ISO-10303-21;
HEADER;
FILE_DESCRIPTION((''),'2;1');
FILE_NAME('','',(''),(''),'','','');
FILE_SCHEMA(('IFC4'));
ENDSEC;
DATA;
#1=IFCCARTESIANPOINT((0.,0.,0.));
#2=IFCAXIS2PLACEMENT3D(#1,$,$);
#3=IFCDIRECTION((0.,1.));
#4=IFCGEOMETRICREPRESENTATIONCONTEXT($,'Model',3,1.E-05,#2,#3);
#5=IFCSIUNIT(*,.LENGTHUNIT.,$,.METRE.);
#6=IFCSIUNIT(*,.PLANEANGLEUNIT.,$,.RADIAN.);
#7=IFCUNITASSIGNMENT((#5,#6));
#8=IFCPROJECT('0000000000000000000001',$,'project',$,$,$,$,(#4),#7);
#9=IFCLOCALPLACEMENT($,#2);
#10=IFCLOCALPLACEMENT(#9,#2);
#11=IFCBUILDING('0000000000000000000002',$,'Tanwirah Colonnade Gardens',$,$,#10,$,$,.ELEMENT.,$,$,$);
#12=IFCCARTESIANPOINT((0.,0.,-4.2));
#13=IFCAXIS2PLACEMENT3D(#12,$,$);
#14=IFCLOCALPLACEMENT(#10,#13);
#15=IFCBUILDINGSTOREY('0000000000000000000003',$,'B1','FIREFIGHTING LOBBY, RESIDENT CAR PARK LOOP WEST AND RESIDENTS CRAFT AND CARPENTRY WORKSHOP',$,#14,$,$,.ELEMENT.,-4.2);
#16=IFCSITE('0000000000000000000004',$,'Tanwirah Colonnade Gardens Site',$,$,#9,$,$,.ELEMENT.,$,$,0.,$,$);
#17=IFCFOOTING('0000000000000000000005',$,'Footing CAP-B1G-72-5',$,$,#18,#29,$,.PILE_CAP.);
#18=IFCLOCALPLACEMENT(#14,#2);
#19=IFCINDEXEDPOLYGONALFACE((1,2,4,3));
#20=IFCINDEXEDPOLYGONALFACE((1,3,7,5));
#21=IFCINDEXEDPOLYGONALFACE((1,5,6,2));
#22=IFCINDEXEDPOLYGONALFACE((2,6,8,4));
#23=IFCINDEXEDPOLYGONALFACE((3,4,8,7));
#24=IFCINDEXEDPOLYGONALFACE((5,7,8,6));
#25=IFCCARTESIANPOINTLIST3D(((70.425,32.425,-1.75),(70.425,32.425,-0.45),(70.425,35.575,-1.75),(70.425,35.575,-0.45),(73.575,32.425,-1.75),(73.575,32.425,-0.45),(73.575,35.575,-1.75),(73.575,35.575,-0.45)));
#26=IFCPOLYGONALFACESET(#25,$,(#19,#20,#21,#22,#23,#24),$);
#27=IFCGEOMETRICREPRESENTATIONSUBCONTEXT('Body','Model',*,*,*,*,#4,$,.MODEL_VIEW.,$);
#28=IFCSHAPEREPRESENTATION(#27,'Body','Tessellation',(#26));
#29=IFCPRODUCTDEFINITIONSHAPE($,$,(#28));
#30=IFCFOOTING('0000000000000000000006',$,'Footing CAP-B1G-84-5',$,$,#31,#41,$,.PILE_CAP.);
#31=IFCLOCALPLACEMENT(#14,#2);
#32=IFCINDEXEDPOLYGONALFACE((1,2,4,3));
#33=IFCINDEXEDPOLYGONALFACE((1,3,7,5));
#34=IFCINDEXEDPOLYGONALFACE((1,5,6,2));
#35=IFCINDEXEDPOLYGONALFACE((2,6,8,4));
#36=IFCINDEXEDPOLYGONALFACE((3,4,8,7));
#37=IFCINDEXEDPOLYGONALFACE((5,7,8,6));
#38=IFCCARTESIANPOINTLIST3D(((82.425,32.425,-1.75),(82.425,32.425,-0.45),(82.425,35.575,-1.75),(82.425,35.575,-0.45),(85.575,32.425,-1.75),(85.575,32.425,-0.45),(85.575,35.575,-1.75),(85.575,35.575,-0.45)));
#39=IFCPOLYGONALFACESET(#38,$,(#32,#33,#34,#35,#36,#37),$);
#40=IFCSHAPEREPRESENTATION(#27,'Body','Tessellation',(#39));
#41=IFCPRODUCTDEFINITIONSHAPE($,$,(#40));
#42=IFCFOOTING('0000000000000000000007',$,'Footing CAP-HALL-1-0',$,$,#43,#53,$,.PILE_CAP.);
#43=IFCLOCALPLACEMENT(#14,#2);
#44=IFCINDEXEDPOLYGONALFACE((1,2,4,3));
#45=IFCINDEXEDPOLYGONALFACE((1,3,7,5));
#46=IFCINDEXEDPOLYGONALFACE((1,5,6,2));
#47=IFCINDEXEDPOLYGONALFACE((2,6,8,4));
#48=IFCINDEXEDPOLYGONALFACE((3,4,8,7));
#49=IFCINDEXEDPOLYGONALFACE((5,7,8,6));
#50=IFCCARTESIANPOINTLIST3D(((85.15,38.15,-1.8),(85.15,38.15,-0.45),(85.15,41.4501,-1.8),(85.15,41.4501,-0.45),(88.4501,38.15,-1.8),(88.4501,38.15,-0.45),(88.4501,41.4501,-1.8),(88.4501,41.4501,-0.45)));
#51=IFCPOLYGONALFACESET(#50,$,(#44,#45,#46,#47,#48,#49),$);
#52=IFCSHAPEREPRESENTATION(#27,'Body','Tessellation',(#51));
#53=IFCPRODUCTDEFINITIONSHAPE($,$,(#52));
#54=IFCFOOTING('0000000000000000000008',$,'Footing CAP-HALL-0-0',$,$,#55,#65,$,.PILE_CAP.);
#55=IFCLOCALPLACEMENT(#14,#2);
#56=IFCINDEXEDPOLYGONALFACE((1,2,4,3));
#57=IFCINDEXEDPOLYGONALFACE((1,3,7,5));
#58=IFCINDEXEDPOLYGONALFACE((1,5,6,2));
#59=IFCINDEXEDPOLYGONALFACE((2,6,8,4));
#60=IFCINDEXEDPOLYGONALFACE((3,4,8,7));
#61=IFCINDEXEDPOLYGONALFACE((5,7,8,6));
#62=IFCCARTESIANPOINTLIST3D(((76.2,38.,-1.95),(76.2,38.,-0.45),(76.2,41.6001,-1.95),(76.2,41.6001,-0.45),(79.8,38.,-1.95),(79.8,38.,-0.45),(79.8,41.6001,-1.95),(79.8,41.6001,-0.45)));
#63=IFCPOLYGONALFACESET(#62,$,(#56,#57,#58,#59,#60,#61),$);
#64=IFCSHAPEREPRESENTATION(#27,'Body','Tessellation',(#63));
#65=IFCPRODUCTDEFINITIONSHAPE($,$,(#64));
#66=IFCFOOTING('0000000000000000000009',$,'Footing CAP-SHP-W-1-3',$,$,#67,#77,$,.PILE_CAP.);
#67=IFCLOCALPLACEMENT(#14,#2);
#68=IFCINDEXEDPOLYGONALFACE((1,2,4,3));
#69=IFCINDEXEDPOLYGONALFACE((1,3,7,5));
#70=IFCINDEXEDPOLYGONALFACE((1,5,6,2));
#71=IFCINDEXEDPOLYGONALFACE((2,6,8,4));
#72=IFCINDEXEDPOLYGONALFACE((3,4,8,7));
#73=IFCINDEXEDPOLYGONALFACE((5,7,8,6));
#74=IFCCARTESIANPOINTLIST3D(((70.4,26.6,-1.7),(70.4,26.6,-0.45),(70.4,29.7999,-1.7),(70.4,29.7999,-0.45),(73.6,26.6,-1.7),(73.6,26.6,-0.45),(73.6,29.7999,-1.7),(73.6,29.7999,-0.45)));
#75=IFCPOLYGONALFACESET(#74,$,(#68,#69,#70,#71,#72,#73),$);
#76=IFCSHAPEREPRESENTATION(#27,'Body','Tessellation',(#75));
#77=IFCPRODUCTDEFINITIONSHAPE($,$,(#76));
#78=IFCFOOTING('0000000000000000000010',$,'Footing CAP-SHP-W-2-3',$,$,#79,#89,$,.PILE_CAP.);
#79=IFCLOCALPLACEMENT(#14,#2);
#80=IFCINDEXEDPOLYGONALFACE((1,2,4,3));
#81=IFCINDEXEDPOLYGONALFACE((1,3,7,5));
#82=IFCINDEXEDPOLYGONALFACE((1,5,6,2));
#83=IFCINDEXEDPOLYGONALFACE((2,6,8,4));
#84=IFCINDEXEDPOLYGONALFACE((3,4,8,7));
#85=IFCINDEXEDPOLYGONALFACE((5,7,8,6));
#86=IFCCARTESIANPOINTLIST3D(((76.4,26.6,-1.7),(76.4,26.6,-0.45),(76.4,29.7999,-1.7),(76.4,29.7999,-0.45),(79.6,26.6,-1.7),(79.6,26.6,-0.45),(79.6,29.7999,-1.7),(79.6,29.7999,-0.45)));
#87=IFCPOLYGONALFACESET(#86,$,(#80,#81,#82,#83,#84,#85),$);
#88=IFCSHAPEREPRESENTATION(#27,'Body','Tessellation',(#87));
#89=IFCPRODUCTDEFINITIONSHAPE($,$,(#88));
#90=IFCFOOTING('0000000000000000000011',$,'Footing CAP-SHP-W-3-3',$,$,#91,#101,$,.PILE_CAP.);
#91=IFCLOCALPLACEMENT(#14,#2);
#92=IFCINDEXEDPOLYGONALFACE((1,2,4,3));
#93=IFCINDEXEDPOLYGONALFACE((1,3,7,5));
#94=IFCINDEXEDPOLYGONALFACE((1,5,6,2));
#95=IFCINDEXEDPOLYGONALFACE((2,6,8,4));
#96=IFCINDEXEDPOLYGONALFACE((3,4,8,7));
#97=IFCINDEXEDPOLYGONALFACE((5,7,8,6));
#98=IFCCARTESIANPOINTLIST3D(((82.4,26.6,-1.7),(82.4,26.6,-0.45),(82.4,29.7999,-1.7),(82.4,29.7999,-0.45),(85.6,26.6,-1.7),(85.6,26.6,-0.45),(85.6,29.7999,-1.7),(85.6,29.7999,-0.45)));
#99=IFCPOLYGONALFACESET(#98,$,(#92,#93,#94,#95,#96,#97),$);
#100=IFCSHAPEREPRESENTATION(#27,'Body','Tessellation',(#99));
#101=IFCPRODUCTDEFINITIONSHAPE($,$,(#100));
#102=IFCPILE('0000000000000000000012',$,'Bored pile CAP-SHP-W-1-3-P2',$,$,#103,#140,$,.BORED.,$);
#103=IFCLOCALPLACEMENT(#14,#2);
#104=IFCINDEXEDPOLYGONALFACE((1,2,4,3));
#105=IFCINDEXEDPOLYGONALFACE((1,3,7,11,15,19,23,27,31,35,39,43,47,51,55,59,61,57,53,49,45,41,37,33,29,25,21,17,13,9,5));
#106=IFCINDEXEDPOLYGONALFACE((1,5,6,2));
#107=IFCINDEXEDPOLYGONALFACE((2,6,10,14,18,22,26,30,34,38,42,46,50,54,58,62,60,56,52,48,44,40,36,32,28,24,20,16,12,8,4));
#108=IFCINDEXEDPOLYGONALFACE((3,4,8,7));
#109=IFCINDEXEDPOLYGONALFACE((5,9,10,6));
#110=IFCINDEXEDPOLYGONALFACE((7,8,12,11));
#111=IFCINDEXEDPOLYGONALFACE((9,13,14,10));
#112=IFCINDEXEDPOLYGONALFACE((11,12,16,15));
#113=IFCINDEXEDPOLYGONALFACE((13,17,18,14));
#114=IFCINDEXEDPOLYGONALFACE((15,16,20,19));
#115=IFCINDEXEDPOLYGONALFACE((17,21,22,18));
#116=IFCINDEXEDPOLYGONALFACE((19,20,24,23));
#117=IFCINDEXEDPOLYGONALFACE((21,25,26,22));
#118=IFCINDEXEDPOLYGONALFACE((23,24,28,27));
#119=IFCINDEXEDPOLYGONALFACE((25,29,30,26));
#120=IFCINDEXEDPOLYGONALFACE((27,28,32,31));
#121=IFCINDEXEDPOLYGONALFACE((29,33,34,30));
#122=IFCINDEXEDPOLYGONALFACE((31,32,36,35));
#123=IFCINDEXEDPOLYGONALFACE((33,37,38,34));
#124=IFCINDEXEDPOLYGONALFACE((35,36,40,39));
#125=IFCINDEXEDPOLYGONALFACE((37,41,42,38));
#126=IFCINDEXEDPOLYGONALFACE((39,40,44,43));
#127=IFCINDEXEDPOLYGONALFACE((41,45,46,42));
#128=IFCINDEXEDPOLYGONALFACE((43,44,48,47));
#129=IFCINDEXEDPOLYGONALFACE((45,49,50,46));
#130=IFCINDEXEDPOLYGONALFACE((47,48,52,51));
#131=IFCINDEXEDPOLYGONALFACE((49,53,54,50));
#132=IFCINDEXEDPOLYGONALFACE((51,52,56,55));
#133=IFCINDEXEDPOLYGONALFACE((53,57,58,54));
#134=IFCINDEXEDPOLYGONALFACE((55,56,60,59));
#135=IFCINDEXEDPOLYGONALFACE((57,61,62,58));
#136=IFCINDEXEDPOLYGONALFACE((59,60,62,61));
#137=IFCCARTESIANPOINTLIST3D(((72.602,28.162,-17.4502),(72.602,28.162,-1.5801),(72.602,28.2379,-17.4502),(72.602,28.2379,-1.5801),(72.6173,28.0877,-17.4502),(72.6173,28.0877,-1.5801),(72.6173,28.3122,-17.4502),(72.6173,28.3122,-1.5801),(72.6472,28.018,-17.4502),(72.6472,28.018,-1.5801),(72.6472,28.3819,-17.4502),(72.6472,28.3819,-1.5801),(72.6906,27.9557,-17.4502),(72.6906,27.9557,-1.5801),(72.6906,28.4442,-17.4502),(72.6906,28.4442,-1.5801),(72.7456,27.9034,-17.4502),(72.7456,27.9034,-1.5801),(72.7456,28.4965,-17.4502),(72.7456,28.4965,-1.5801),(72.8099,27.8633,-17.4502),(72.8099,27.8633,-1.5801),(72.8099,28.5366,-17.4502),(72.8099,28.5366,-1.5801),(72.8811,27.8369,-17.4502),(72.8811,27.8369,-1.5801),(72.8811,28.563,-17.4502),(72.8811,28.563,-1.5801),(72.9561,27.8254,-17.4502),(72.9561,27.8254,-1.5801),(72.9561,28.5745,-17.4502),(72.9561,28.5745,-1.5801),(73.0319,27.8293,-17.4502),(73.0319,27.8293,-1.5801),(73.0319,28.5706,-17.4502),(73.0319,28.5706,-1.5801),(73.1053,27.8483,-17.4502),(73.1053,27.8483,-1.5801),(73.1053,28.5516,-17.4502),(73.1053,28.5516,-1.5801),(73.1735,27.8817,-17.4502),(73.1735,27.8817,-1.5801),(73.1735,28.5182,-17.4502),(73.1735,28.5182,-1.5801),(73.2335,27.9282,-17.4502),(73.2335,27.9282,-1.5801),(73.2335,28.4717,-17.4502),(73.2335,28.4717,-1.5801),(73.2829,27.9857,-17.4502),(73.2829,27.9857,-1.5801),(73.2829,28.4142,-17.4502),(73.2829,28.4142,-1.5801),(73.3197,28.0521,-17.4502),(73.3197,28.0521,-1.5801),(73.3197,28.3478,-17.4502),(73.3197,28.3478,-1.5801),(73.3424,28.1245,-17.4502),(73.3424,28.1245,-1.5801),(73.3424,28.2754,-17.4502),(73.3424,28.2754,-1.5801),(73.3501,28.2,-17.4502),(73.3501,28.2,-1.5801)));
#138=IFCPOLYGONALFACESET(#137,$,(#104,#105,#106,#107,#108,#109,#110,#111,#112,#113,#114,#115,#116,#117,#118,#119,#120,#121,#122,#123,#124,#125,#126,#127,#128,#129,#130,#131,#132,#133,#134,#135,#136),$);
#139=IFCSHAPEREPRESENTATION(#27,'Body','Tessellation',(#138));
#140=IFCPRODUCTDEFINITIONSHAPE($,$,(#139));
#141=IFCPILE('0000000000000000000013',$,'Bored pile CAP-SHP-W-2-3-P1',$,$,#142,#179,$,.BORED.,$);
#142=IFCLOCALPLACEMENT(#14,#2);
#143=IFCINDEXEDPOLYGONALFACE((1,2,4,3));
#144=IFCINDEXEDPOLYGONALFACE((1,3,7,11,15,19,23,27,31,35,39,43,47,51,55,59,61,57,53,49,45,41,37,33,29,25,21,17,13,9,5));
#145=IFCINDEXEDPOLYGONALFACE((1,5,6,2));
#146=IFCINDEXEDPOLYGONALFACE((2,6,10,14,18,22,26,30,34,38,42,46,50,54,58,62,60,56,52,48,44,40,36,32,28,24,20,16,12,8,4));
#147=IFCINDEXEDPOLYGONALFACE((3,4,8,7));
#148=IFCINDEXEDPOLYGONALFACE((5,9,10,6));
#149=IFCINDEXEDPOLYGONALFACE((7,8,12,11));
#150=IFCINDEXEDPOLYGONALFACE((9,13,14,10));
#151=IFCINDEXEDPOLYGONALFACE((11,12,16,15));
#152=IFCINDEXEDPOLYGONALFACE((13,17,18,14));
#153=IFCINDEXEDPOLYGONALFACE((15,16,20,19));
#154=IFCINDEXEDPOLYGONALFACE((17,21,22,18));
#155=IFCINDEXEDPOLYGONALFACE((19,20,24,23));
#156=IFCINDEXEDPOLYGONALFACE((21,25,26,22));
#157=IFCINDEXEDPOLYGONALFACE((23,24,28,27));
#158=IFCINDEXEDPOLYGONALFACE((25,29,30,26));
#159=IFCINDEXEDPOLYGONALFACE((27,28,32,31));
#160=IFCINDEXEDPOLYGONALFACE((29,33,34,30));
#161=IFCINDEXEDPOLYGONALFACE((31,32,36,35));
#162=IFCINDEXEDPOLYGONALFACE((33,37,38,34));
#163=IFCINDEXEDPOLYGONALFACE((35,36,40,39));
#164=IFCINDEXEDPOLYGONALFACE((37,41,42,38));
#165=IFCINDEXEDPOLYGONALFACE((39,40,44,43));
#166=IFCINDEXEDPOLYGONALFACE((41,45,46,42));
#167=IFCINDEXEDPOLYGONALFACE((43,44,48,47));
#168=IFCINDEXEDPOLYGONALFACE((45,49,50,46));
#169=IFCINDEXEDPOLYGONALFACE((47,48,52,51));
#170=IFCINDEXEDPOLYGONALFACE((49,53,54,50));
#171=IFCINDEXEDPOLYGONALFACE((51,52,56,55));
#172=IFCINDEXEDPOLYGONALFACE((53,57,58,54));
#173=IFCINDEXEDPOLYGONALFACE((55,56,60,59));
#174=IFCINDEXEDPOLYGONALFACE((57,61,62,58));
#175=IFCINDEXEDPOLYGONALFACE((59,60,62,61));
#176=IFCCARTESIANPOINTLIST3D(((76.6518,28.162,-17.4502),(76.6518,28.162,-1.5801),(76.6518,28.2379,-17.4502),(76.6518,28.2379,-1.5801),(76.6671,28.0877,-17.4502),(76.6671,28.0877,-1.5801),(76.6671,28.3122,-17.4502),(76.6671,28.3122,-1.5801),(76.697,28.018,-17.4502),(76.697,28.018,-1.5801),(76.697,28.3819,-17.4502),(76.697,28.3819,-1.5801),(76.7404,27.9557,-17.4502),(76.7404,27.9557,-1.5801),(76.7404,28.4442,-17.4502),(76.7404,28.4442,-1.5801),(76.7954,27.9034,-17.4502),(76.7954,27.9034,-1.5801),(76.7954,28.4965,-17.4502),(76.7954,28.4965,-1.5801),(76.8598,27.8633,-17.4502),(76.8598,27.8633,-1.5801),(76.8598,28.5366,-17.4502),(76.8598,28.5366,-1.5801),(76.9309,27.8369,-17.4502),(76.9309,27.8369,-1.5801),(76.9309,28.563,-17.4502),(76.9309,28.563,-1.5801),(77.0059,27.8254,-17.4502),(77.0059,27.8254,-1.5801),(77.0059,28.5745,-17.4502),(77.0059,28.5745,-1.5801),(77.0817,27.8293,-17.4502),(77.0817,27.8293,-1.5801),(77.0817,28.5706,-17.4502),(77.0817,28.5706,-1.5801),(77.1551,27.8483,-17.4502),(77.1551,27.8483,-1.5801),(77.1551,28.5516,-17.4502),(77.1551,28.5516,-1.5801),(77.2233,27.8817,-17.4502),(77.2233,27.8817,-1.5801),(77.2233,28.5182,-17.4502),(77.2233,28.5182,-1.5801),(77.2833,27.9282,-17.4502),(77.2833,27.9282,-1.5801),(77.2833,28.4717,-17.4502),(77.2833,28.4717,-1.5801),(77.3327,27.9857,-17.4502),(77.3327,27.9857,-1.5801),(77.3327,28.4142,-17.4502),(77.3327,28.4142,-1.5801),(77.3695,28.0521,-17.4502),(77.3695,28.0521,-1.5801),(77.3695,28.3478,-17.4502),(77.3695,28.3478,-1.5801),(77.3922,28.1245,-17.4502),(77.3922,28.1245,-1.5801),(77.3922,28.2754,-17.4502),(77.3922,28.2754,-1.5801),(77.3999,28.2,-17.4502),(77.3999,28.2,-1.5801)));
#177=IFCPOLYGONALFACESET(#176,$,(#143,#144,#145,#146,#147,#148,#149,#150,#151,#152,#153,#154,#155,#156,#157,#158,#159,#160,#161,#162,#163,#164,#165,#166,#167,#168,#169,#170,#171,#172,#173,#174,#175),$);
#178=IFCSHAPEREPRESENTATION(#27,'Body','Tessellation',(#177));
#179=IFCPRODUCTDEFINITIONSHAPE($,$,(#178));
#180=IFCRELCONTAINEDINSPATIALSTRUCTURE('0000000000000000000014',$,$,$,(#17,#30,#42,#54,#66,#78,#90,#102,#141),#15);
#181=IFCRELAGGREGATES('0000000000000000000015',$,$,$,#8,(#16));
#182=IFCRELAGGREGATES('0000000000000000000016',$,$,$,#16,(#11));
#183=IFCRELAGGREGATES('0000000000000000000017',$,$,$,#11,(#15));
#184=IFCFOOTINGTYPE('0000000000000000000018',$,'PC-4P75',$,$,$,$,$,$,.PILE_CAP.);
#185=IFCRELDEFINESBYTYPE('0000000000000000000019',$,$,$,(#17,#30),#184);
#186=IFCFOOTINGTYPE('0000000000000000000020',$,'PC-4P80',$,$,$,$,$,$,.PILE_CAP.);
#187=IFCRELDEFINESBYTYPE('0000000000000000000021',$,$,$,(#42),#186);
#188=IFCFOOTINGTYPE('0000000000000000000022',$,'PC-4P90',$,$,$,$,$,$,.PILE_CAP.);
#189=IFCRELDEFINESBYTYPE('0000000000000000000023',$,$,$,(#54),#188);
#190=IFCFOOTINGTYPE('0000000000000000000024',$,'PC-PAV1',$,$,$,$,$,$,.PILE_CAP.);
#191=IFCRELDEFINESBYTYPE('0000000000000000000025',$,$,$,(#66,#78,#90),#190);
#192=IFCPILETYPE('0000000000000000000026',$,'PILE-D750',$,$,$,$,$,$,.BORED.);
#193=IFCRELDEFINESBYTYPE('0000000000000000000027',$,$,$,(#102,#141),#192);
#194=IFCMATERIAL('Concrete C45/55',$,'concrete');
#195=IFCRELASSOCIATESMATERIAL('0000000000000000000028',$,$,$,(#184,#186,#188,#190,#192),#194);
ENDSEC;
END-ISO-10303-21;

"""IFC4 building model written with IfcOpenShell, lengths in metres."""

from ifc_helpers import new_model, si_unit, direction, frame, origin, origin_2d, place, context, subcontext, project, spatial, rectangle, circle, extrude, material, material_profile, profile_set, type_object, element, save


model = new_model("IFC4")

# Units and contexts
model_context = context("Model", 3, precision=1e-05, world=origin(), true_north=direction((0.0, 1.0)))
body_context = subcontext(model_context, "Body", "Model", "MODEL_VIEW")
ifc_project = project(units=[si_unit("LENGTHUNIT", "METRE"), si_unit("PLANEANGLEUNIT", "RADIAN")], contexts=[model_context])

# Site, building, storey
site_placement = place(None, origin())
site = spatial("IfcSite", under=ifc_project, at=site_placement, Name="Tanwirah Colonnade Gardens Site", CompositionType="ELEMENT", RefElevation=0.0)
building_placement = place(site_placement, origin())
building = spatial("IfcBuilding", under=site, at=building_placement, Name="Tanwirah Colonnade Gardens", CompositionType="ELEMENT")
storey_placement = place(building_placement, frame((0.0, 0.0, -4.2)))
storey = spatial("IfcBuildingStorey", under=building, at=storey_placement, Name="B1", Description="FIREFIGHTING LOBBY, RESIDENT CAR PARK LOOP WEST AND RESIDENTS CRAFT AND CARPENTRY WORKSHOP", CompositionType="ELEMENT", Elevation=-4.2)

# Footings
ifc_material = material(Name="Concrete C45/55", Category="concrete")
footing_type_1 = type_object("IfcFootingType", Name="PC-4P75", PredefinedType="PILE_CAP", material=ifc_material)
for number, where, z_axis, x_axis, name in (
    (1, (72.0, 34.0, -1.75), (0.0, 0.0, 1.0), (1.0, 0.0, 0.0), "Footing CAP-B1G-72-5"),
    (2, (84.0, 34.0, -1.75), (0.0, 0.0, 1.0), (1.0, 0.0, 0.0), "Footing CAP-B1G-84-5"),
):
    element("IfcFooting", number, at=place(storey_placement, frame(where, z_axis=z_axis, x_axis=x_axis)), inside=storey, type_object=footing_type_1, Name=name, PredefinedType="PILE_CAP", context=body_context, shape_type="SweptSolid", body=[
        extrude(rectangle(XDim=3.1499, YDim=3.1499, at=origin_2d()), origin(), (0.0, 0.0, 1.0), 1.3),
    ])
footing_type_2 = type_object("IfcFootingType", Name="PC-4P80", PredefinedType="PILE_CAP", material=ifc_material)
footing_1_placement = place(storey_placement, frame((86.8, 39.8, -1.8), z_axis=(0.0, 0.0, 1.0), x_axis=(1.0, 0.0, 0.0)))
element("IfcFooting", 3, at=footing_1_placement, inside=storey, type_object=footing_type_2, Name="Footing CAP-HALL-1-0", PredefinedType="PILE_CAP", context=body_context, shape_type="SweptSolid", body=[
    extrude(rectangle(XDim=3.3, YDim=3.3, at=origin_2d()), origin(), (0.0, 0.0, 1.0), 1.3501),
])
footing_type_3 = type_object("IfcFootingType", Name="PC-4P90", PredefinedType="PILE_CAP", material=ifc_material)
footing_2_placement = place(storey_placement, frame((78.0, 39.8, -1.95), z_axis=(0.0, 0.0, 1.0), x_axis=(1.0, 0.0, 0.0)))
element("IfcFooting", 4, at=footing_2_placement, inside=storey, type_object=footing_type_3, Name="Footing CAP-HALL-0-0", PredefinedType="PILE_CAP", context=body_context, shape_type="SweptSolid", body=[
    extrude(rectangle(XDim=3.6001, YDim=3.6001, at=origin_2d()), origin(), (0.0, 0.0, 1.0), 1.5),
])
footing_type_4 = type_object("IfcFootingType", Name="PC-PAV1", PredefinedType="PILE_CAP", material=ifc_material)
for number, where, z_axis, x_axis, name in (
    (5, (72.0, 28.2, -1.7), (0.0, 0.0, 1.0), (1.0, 0.0, 0.0), "Footing CAP-SHP-W-1-3"),
    (6, (78.0, 28.2, -1.7), (0.0, 0.0, 1.0), (1.0, 0.0, 0.0), "Footing CAP-SHP-W-2-3"),
    (7, (84.0, 28.2, -1.7), (0.0, 0.0, 1.0), (1.0, 0.0, 0.0), "Footing CAP-SHP-W-3-3"),
):
    element("IfcFooting", number, at=place(storey_placement, frame(where, z_axis=z_axis, x_axis=x_axis)), inside=storey, type_object=footing_type_4, Name=name, PredefinedType="PILE_CAP", context=body_context, shape_type="SweptSolid", body=[
        extrude(rectangle(XDim=3.2, YDim=3.2, at=origin_2d()), origin(), (0.0, 0.0, 1.0), 1.25),
    ])

# Piles
ifc_material_profile_1 = material_profile(ifc_material, circle(Radius=0.375, at=origin_2d()), Name="PILE D750")
ifc_profile_set_1 = profile_set([ifc_material_profile_1], Name="Concrete C45/55")
pile_type_1 = type_object("IfcPileType", Name="PILE-D750", PredefinedType="BORED", material=ifc_profile_set_1)
for number, where, z_axis, x_axis, name in (
    (8, (72.9751, 28.2, -1.5801), (0.0, 0.0, -1.0), (1.0, 0.0, 0.0), "Bored pile CAP-SHP-W-1-3-P2"),
    (9, (77.0249, 28.2, -1.5801), (0.0, 0.0, -1.0), (1.0, 0.0, 0.0), "Bored pile CAP-SHP-W-2-3-P1"),
):
    element("IfcPile", number, at=place(storey_placement, frame(where, z_axis=z_axis, x_axis=x_axis)), inside=storey, type_object=pile_type_1, Name=name, PredefinedType="BORED", context=body_context, shape_type="SweptSolid", body=[
        extrude(circle(Radius=0.375, at=origin_2d()), origin(), (0.0, 0.0, 1.0), 15.8701),
    ])

save(model, "model.ifc")
